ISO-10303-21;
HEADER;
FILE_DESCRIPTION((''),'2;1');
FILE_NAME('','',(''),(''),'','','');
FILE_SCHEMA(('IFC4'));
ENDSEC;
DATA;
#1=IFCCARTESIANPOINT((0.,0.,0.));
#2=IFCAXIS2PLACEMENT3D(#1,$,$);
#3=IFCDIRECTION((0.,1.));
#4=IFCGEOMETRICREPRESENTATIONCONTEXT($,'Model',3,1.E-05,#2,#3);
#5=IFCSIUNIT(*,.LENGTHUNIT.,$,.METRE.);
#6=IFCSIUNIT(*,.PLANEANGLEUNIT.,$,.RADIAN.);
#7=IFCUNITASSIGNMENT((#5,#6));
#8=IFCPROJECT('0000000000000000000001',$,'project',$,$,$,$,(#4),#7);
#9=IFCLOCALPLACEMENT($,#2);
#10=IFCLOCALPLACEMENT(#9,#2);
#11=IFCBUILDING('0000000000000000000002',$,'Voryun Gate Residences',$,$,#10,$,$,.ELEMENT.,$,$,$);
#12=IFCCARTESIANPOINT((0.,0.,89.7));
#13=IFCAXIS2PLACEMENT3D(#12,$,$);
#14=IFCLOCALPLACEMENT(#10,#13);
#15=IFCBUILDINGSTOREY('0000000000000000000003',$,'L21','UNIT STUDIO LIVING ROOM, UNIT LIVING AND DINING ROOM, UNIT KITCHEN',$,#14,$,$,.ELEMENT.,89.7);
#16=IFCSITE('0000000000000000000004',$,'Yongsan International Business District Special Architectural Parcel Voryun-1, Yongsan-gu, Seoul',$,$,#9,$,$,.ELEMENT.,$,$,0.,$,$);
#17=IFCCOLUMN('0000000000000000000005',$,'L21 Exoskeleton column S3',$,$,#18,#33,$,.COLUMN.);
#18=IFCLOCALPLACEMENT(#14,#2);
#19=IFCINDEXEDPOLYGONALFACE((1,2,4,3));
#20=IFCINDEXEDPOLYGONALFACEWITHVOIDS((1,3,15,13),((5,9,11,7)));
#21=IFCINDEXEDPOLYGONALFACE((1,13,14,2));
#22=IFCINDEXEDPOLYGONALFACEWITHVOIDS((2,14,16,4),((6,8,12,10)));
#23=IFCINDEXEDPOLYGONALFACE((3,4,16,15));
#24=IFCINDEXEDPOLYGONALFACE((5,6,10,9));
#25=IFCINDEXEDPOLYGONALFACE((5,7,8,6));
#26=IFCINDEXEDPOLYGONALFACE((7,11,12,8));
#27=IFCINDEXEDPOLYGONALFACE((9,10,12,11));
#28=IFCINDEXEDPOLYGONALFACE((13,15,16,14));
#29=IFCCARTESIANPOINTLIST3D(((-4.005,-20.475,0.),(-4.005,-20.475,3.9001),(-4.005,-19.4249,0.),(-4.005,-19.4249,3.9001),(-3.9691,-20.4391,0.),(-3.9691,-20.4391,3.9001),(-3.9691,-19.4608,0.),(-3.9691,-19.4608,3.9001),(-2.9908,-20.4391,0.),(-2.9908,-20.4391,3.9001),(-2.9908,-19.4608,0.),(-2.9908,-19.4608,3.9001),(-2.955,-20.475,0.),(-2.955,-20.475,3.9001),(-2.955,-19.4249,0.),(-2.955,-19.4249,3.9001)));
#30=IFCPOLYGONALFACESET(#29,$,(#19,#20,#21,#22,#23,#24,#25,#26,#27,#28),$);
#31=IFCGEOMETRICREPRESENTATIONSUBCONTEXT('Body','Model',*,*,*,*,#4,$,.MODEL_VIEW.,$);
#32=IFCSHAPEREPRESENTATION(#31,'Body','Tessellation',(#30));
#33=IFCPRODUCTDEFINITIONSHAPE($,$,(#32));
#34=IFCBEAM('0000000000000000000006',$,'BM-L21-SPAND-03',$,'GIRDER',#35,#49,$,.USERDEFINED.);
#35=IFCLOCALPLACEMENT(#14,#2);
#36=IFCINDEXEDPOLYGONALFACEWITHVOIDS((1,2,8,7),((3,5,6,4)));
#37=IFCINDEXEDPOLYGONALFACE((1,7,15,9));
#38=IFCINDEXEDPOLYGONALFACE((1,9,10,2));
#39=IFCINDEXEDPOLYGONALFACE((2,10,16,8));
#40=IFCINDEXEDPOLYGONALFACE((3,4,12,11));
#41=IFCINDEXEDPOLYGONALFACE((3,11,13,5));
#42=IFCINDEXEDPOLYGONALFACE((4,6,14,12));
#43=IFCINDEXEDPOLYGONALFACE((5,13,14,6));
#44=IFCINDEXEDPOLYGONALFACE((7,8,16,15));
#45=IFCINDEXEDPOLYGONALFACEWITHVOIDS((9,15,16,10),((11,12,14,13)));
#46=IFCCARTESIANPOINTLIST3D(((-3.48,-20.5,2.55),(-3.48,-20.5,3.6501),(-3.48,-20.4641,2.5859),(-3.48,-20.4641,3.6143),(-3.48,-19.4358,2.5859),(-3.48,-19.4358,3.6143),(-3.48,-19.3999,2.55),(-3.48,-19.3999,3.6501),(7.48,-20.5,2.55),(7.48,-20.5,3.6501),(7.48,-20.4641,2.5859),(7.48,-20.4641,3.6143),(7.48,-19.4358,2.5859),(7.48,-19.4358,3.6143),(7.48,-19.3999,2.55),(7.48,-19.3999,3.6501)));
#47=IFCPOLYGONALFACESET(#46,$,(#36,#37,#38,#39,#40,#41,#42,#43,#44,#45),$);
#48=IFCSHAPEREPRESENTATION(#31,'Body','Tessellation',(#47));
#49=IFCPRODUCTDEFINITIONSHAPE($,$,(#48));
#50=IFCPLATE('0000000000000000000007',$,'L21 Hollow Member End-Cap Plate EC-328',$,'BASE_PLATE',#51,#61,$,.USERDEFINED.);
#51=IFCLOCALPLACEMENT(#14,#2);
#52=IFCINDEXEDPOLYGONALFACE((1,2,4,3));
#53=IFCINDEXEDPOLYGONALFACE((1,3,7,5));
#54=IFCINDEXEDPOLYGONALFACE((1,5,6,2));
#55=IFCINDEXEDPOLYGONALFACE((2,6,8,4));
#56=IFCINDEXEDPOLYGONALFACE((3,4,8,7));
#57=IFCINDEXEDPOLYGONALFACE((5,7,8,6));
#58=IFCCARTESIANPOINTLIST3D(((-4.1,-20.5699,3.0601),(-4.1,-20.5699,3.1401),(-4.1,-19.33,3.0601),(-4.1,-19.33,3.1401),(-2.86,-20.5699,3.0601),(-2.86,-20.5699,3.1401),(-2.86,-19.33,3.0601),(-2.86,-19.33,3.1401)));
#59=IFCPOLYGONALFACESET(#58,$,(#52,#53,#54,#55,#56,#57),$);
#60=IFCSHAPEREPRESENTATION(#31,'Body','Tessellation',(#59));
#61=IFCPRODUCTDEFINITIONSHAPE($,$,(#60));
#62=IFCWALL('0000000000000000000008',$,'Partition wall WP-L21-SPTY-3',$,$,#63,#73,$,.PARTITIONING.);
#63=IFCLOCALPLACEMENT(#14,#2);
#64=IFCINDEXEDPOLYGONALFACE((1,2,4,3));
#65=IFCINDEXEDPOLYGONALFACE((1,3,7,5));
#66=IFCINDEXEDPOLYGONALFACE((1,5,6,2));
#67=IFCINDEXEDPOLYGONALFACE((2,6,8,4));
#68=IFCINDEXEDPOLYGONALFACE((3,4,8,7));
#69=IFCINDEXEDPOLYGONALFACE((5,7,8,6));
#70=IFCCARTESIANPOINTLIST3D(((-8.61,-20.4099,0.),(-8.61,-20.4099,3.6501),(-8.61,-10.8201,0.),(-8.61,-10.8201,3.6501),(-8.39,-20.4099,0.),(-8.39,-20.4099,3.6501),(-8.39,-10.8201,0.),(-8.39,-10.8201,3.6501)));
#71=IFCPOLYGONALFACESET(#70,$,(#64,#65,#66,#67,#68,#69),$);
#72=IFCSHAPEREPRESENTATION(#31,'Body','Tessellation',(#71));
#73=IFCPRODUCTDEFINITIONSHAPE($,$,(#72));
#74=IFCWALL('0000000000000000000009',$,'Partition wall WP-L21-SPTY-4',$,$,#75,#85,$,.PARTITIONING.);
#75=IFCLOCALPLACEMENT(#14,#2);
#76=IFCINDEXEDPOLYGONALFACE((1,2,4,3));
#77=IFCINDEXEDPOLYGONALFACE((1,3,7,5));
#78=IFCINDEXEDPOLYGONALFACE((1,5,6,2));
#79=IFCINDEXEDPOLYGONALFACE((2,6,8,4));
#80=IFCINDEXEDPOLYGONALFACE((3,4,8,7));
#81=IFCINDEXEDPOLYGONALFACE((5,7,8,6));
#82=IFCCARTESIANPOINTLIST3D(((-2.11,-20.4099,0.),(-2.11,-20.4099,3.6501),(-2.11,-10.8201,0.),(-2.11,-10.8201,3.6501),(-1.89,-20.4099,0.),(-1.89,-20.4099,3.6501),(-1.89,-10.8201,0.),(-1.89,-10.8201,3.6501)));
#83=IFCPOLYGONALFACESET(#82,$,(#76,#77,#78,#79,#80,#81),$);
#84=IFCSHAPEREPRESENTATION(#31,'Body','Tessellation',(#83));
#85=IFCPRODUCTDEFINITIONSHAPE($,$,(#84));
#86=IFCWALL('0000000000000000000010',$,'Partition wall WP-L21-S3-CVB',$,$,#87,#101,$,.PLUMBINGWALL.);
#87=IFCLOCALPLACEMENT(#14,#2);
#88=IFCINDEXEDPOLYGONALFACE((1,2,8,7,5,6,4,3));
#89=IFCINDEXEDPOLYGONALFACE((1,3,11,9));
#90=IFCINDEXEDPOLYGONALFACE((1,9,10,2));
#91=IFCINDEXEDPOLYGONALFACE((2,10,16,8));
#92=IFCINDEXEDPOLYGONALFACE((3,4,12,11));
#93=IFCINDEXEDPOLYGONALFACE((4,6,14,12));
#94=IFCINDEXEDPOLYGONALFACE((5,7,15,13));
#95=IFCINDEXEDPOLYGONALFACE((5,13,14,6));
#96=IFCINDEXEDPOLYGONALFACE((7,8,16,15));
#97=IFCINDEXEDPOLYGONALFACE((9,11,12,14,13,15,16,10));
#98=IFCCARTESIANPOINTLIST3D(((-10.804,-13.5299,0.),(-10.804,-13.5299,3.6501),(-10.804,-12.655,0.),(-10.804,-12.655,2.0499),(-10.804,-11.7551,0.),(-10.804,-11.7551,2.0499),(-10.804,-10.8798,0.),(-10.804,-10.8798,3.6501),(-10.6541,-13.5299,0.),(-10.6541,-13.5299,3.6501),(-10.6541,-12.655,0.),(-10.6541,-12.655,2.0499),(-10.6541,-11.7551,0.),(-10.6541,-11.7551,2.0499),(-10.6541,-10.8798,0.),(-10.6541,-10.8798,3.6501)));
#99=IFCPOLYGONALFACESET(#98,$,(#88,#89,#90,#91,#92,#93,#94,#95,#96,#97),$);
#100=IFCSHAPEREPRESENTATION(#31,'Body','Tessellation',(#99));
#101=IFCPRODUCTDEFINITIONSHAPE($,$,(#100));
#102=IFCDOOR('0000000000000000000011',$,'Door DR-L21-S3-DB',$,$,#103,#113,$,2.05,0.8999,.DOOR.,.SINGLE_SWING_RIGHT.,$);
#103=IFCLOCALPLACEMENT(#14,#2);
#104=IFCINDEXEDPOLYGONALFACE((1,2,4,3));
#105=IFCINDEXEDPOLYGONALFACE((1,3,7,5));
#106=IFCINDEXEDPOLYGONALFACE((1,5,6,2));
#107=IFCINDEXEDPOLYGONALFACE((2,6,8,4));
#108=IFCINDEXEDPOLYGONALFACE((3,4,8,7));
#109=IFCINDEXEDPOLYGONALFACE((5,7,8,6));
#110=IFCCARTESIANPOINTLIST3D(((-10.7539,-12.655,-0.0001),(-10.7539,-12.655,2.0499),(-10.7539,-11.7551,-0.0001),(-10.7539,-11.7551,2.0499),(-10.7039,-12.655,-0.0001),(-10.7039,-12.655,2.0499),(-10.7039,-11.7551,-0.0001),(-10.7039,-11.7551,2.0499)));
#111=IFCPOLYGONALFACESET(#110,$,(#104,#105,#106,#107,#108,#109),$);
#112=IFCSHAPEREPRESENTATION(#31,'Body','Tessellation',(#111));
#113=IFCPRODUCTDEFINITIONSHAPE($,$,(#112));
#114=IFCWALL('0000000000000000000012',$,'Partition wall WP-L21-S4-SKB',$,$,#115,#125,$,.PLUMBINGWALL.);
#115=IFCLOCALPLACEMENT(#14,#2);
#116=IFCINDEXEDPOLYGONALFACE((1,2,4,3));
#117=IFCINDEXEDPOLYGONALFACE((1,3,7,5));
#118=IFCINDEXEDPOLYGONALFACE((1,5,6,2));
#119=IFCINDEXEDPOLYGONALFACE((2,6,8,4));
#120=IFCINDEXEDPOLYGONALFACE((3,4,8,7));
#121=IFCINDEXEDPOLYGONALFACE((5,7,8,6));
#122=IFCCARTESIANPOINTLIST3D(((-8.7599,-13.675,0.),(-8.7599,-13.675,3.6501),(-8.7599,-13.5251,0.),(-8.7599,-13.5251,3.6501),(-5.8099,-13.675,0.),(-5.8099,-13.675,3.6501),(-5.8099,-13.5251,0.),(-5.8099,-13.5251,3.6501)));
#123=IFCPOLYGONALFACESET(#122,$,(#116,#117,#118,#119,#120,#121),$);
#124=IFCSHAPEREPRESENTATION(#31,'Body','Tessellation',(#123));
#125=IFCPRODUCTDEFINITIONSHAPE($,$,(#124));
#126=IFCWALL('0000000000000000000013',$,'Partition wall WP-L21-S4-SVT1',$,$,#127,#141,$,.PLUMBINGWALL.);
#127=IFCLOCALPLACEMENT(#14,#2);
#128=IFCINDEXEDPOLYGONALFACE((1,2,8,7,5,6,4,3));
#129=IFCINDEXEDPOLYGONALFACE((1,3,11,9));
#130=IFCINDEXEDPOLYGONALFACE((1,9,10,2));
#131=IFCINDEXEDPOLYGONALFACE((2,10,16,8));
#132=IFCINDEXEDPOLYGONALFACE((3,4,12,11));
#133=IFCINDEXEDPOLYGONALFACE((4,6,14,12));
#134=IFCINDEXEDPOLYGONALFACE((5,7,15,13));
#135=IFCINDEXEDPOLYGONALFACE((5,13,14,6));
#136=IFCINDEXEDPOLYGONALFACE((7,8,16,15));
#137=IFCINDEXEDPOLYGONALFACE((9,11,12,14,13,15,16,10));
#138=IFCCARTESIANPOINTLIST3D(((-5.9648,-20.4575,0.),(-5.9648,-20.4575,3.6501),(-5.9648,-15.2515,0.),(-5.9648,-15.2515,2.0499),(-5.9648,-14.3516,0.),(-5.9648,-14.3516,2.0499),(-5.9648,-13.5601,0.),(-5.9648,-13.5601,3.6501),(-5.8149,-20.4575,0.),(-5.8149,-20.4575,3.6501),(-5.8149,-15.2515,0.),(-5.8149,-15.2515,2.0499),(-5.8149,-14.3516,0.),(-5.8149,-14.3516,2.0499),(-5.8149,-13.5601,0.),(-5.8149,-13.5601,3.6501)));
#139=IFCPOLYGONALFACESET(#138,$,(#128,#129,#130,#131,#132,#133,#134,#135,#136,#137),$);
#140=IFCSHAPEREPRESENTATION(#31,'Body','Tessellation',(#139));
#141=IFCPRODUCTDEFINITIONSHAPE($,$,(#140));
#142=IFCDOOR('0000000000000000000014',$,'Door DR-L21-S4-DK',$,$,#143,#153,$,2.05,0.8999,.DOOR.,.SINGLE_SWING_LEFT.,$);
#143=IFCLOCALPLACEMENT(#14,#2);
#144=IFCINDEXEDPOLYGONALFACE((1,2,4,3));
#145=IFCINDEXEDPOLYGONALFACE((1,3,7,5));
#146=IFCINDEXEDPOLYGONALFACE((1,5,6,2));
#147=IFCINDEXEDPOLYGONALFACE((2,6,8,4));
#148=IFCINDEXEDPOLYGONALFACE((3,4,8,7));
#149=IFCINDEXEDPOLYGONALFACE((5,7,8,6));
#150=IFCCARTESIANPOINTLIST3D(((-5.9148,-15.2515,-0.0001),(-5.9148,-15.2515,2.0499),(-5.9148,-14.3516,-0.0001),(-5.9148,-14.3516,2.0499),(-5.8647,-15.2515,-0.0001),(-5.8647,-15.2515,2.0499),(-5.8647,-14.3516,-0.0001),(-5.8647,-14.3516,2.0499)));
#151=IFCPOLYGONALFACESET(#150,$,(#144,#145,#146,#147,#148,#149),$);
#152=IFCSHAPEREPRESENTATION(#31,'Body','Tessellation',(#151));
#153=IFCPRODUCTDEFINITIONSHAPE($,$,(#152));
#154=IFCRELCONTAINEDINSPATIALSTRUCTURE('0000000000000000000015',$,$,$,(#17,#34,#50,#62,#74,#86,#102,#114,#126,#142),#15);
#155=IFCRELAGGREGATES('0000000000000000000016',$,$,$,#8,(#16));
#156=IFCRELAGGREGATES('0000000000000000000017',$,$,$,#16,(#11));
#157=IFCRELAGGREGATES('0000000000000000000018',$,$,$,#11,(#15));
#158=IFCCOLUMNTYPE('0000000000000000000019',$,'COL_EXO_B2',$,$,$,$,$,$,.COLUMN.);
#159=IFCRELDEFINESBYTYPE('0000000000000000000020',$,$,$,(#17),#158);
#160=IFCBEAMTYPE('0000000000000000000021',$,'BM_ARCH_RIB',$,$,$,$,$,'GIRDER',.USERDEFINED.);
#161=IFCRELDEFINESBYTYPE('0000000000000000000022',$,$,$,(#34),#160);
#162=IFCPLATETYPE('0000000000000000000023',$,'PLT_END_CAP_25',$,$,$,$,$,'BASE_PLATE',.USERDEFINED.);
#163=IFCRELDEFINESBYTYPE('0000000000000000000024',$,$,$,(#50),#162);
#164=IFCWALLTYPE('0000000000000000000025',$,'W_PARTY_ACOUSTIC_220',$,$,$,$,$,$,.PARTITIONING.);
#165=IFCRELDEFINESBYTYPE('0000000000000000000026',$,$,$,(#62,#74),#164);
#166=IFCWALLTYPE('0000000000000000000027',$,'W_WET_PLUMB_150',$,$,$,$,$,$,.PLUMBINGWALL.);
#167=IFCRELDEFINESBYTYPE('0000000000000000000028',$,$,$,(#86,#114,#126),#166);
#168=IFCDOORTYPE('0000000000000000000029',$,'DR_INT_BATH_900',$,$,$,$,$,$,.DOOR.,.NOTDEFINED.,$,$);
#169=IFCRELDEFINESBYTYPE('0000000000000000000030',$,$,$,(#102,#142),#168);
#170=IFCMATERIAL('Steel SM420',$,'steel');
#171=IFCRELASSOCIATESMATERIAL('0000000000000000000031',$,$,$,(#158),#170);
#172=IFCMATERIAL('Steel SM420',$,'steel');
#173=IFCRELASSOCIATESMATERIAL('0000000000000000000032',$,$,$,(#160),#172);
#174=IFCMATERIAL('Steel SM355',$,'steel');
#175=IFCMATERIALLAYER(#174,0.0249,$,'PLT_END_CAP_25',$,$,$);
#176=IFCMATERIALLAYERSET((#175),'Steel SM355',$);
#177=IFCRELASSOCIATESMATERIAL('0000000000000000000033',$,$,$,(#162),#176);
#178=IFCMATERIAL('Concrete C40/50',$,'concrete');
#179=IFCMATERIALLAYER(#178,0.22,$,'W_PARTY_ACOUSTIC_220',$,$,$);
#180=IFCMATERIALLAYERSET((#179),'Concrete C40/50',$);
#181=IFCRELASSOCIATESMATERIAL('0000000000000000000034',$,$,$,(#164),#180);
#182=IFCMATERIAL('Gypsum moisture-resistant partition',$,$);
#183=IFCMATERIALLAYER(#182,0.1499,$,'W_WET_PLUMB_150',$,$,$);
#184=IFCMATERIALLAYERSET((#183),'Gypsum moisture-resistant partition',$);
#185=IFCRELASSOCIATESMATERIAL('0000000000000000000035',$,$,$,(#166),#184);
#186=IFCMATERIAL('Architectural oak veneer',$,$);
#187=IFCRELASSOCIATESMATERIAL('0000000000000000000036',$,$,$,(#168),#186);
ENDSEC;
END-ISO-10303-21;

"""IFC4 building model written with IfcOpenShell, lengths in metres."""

from ifc_helpers import new_model, si_unit, direction, frame, frame_2d, origin, origin_2d, place, context, subcontext, project, spatial, rectangle, hollow_rectangle, extrude, material, layer, layer_set, material_profile, profile_set, type_object, element, fill, save


model = new_model("IFC4")

# Units and contexts
model_context = context("Model", 3, precision=1e-05, world=origin(), true_north=direction((0.0, 1.0)))
body_context = subcontext(model_context, "Body", "Model", "MODEL_VIEW")
ifc_project = project(units=[si_unit("LENGTHUNIT", "METRE"), si_unit("PLANEANGLEUNIT", "RADIAN")], contexts=[model_context])

# Site, building, storey
site_placement = place(None, origin())
site = spatial("IfcSite", under=ifc_project, at=site_placement, Name="Yongsan International Business District Special Architectural Parcel Voryun-1, Yongsan-gu, Seoul", CompositionType="ELEMENT", RefElevation=0.0)
building_placement = place(site_placement, origin())
building = spatial("IfcBuilding", under=site, at=building_placement, Name="Voryun Gate Residences", CompositionType="ELEMENT")
storey_placement = place(building_placement, frame((0.0, 0.0, 89.7)))
storey = spatial("IfcBuildingStorey", under=building, at=storey_placement, Name="L21", Description="UNIT STUDIO LIVING ROOM, UNIT LIVING AND DINING ROOM, UNIT KITCHEN", CompositionType="ELEMENT", Elevation=89.7)

# Column
ifc_material_1 = material(Name="Steel SM420", Category="steel")
ifc_material_profile_1 = material_profile(ifc_material_1, hollow_rectangle(XDim=1.05, YDim=1.05, WallThickness=0.0359, at=origin_2d()), Name="BOX-1050x1050x36")
ifc_profile_set_1 = profile_set([ifc_material_profile_1], Name="Steel SM420")
column_type = type_object("IfcColumnType", Name="COL_EXO_B2", PredefinedType="COLUMN", material=ifc_profile_set_1)
column_placement = place(storey_placement, frame((-3.48, -19.95, 0.0), z_axis=(0.0, 0.0, 1.0), x_axis=(1.0, 0.0, 0.0)))
element("IfcColumn", 1, at=column_placement, inside=storey, type_object=column_type, Name="L21 Exoskeleton column S3", PredefinedType="COLUMN", context=body_context, shape_type="SweptSolid", body=[
    extrude(hollow_rectangle(XDim=1.05, YDim=1.05, WallThickness=0.0359, at=origin_2d()), origin(), (0.0, 0.0, 1.0), 3.9001),
])

# Beam
ifc_material_2 = material(Name="Steel SM420", Category="steel")
ifc_material_profile_2 = material_profile(ifc_material_2, hollow_rectangle(XDim=1.1001, YDim=1.1001, WallThickness=0.0359, at=origin_2d()), Name="BOX-1100x1100x36")
ifc_profile_set_2 = profile_set([ifc_material_profile_2], Name="Steel SM420")
beam_type = type_object("IfcBeamType", Name="BM_ARCH_RIB", ElementType="GIRDER", PredefinedType="USERDEFINED", material=ifc_profile_set_2)
beam_placement = place(storey_placement, frame((-3.48, -19.95, 3.1001), z_axis=(1.0, 0.0, 0.0), x_axis=(0.0, 1.0, 0.0)))
element("IfcBeam", 2, at=beam_placement, inside=storey, type_object=beam_type, Name="BM-L21-SPAND-03", ObjectType="GIRDER", PredefinedType="USERDEFINED", context=body_context, shape_type="SweptSolid", body=[
    extrude(hollow_rectangle(XDim=1.1001, YDim=1.1001, WallThickness=0.0359, at=origin_2d()), origin(), (0.0, 0.0, 1.0), 10.96),
])

# Plate
ifc_material_3 = material(Name="Steel SM355", Category="steel")
ifc_layer_1 = layer(ifc_material_3, 0.0249, Name="PLT_END_CAP_25")
ifc_layer_set_1 = layer_set([ifc_layer_1], Name="Steel SM355")
plate_type = type_object("IfcPlateType", Name="PLT_END_CAP_25", ElementType="BASE_PLATE", PredefinedType="USERDEFINED", material=ifc_layer_set_1)
plate_placement = place(storey_placement, frame((-3.48, -19.95, 3.0601), z_axis=(0.0, 0.0, 1.0), x_axis=(1.0, 0.0, 0.0)))
element("IfcPlate", 3, at=plate_placement, inside=storey, type_object=plate_type, Name="L21 Hollow Member End-Cap Plate EC-328", ObjectType="BASE_PLATE", PredefinedType="USERDEFINED", context=body_context, shape_type="SweptSolid", body=[
    extrude(rectangle(XDim=1.24, YDim=1.24, at=origin_2d()), origin(), (0.0, 0.0, 1.0), 0.0801),
])

# Walls
ifc_material_4 = material(Name="Concrete C40/50", Category="concrete")
ifc_layer_2 = layer(ifc_material_4, 0.22, Name="W_PARTY_ACOUSTIC_220")
ifc_layer_set_2 = layer_set([ifc_layer_2], Name="Concrete C40/50")
wall_type_1 = type_object("IfcWallType", Name="W_PARTY_ACOUSTIC_220", PredefinedType="PARTITIONING", material=ifc_layer_set_2)
for number, where, z_axis, x_axis, name in (
    (4, (-8.5, -20.4099, 0.0), (0.0, 0.0, 1.0), (0.0, 1.0, 0.0), "Partition wall WP-L21-SPTY-3"),
    (5, (-2.0, -20.4099, 0.0), (0.0, 0.0, 1.0), (0.0, 1.0, 0.0), "Partition wall WP-L21-SPTY-4"),
):
    element("IfcWall", number, at=place(storey_placement, frame(where, z_axis=z_axis, x_axis=x_axis)), inside=storey, type_object=wall_type_1, Name=name, PredefinedType="PARTITIONING", context=body_context, shape_type="SweptSolid", body=[
        extrude(rectangle(XDim=9.5898, YDim=0.22, at=frame_2d((4.7949, 0.0))), origin(), (0.0, 0.0, 1.0), 3.6501),
    ])

# Wall, opening, door
ifc_material_5 = material(Name="Gypsum moisture-resistant partition")
ifc_layer_3 = layer(ifc_material_5, 0.1499, Name="W_WET_PLUMB_150")
ifc_layer_set_3 = layer_set([ifc_layer_3], Name="Gypsum moisture-resistant partition")
wall_type_2 = type_object("IfcWallType", Name="W_WET_PLUMB_150", PredefinedType="PLUMBINGWALL", material=ifc_layer_set_3)
wall_1_placement = place(storey_placement, frame((-10.729, -13.53, 0.0), z_axis=(0.0, 0.0, 1.0), x_axis=(0.0, 1.0, 0.0)))
wall_1 = element("IfcWall", 6, at=wall_1_placement, inside=storey, type_object=wall_type_2, Name="Partition wall WP-L21-S3-CVB", PredefinedType="PLUMBINGWALL", context=body_context, shape_type="SweptSolid", body=[
    extrude(rectangle(XDim=2.6501, YDim=0.1499, at=frame_2d((1.3252, 0.0))), origin(), (0.0, 0.0, 1.0), 3.6501),
])
opening_1_placement = place(wall_1_placement, frame((0.875, 0.0, 0.0)))
opening_1 = element("IfcOpeningElement", 7, at=opening_1_placement, cuts=wall_1, PredefinedType="OPENING", context=body_context, shape_type="SweptSolid", body=[
    extrude(rectangle(XDim=0.8999, YDim=2.05, at=frame_2d((0.45, 1.0249))), frame((0.0, 0.085, 0.0), z_axis=(0.0, -1.0, 0.0), x_axis=(1.0, 0.0, 0.0)), (0.0, 0.0, 1.0), 0.1699),
])
ifc_material_6 = material(Name="Architectural oak veneer")
door_type = type_object("IfcDoorType", Name="DR_INT_BATH_900", OperationType="NOTDEFINED", PredefinedType="DOOR", material=ifc_material_6)
door_1_placement = place(opening_1_placement, origin())
door_1 = element("IfcDoor", 8, at=door_1_placement, inside=storey, type_object=door_type, Name="Door DR-L21-S3-DB", OperationType="SINGLE_SWING_RIGHT", OverallHeight=2.05, OverallWidth=0.8999, PredefinedType="DOOR", context=body_context, shape_type="SweptSolid", body=[
    extrude(rectangle(XDim=0.8999, YDim=2.05, at=frame_2d((0.45, 1.0249))), frame((0.0, 0.0249, 0.0), z_axis=(0.0, -1.0, 0.0), x_axis=(1.0, 0.0, 0.0)), (0.0, 0.0, 1.0), 0.05),
])
fill(opening_1, door_1)

# Wall
wall_2_placement = place(storey_placement, frame((-8.76, -13.6001, 0.0), z_axis=(0.0, 0.0, 1.0), x_axis=(1.0, 0.0, 0.0)))
element("IfcWall", 9, at=wall_2_placement, inside=storey, type_object=wall_type_2, Name="Partition wall WP-L21-S4-SKB", PredefinedType="PLUMBINGWALL", context=body_context, shape_type="SweptSolid", body=[
    extrude(rectangle(XDim=2.95, YDim=0.1499, at=frame_2d((1.4751, 0.0))), origin(), (0.0, 0.0, 1.0), 3.6501),
])

# Wall, opening, door
wall_3_placement = place(storey_placement, frame((-5.8899, -20.4575, 0.0), z_axis=(0.0, 0.0, 1.0), x_axis=(0.0, 1.0, 0.0)))
wall_3 = element("IfcWall", 10, at=wall_3_placement, inside=storey, type_object=wall_type_2, Name="Partition wall WP-L21-S4-SVT1", PredefinedType="PLUMBINGWALL", context=body_context, shape_type="SweptSolid", body=[
    extrude(rectangle(XDim=6.8975, YDim=0.1499, at=frame_2d((3.4487, 0.0))), origin(), (0.0, 0.0, 1.0), 3.6501),
])
opening_2_placement = place(wall_3_placement, frame((5.2061, 0.0, 0.0)))
opening_2 = element("IfcOpeningElement", 11, at=opening_2_placement, cuts=wall_3, PredefinedType="OPENING", context=body_context, shape_type="SweptSolid", body=[
    extrude(rectangle(XDim=0.8999, YDim=2.05, at=frame_2d((0.45, 1.0249))), frame((0.0, 0.085, 0.0), z_axis=(0.0, -1.0, 0.0), x_axis=(1.0, 0.0, 0.0)), (0.0, 0.0, 1.0), 0.1699),
])
door_2_placement = place(opening_2_placement, origin())
door_2 = element("IfcDoor", 12, at=door_2_placement, inside=storey, type_object=door_type, Name="Door DR-L21-S4-DK", OperationType="SINGLE_SWING_LEFT", OverallHeight=2.05, OverallWidth=0.8999, PredefinedType="DOOR", context=body_context, shape_type="SweptSolid", body=[
    extrude(rectangle(XDim=0.8999, YDim=2.05, at=frame_2d((0.45, 1.0249))), frame((0.0, 0.0249, 0.0), z_axis=(0.0, -1.0, 0.0), x_axis=(1.0, 0.0, 0.0)), (0.0, 0.0, 1.0), 0.05),
])
fill(opening_2, door_2)

save(model, "model.ifc")
